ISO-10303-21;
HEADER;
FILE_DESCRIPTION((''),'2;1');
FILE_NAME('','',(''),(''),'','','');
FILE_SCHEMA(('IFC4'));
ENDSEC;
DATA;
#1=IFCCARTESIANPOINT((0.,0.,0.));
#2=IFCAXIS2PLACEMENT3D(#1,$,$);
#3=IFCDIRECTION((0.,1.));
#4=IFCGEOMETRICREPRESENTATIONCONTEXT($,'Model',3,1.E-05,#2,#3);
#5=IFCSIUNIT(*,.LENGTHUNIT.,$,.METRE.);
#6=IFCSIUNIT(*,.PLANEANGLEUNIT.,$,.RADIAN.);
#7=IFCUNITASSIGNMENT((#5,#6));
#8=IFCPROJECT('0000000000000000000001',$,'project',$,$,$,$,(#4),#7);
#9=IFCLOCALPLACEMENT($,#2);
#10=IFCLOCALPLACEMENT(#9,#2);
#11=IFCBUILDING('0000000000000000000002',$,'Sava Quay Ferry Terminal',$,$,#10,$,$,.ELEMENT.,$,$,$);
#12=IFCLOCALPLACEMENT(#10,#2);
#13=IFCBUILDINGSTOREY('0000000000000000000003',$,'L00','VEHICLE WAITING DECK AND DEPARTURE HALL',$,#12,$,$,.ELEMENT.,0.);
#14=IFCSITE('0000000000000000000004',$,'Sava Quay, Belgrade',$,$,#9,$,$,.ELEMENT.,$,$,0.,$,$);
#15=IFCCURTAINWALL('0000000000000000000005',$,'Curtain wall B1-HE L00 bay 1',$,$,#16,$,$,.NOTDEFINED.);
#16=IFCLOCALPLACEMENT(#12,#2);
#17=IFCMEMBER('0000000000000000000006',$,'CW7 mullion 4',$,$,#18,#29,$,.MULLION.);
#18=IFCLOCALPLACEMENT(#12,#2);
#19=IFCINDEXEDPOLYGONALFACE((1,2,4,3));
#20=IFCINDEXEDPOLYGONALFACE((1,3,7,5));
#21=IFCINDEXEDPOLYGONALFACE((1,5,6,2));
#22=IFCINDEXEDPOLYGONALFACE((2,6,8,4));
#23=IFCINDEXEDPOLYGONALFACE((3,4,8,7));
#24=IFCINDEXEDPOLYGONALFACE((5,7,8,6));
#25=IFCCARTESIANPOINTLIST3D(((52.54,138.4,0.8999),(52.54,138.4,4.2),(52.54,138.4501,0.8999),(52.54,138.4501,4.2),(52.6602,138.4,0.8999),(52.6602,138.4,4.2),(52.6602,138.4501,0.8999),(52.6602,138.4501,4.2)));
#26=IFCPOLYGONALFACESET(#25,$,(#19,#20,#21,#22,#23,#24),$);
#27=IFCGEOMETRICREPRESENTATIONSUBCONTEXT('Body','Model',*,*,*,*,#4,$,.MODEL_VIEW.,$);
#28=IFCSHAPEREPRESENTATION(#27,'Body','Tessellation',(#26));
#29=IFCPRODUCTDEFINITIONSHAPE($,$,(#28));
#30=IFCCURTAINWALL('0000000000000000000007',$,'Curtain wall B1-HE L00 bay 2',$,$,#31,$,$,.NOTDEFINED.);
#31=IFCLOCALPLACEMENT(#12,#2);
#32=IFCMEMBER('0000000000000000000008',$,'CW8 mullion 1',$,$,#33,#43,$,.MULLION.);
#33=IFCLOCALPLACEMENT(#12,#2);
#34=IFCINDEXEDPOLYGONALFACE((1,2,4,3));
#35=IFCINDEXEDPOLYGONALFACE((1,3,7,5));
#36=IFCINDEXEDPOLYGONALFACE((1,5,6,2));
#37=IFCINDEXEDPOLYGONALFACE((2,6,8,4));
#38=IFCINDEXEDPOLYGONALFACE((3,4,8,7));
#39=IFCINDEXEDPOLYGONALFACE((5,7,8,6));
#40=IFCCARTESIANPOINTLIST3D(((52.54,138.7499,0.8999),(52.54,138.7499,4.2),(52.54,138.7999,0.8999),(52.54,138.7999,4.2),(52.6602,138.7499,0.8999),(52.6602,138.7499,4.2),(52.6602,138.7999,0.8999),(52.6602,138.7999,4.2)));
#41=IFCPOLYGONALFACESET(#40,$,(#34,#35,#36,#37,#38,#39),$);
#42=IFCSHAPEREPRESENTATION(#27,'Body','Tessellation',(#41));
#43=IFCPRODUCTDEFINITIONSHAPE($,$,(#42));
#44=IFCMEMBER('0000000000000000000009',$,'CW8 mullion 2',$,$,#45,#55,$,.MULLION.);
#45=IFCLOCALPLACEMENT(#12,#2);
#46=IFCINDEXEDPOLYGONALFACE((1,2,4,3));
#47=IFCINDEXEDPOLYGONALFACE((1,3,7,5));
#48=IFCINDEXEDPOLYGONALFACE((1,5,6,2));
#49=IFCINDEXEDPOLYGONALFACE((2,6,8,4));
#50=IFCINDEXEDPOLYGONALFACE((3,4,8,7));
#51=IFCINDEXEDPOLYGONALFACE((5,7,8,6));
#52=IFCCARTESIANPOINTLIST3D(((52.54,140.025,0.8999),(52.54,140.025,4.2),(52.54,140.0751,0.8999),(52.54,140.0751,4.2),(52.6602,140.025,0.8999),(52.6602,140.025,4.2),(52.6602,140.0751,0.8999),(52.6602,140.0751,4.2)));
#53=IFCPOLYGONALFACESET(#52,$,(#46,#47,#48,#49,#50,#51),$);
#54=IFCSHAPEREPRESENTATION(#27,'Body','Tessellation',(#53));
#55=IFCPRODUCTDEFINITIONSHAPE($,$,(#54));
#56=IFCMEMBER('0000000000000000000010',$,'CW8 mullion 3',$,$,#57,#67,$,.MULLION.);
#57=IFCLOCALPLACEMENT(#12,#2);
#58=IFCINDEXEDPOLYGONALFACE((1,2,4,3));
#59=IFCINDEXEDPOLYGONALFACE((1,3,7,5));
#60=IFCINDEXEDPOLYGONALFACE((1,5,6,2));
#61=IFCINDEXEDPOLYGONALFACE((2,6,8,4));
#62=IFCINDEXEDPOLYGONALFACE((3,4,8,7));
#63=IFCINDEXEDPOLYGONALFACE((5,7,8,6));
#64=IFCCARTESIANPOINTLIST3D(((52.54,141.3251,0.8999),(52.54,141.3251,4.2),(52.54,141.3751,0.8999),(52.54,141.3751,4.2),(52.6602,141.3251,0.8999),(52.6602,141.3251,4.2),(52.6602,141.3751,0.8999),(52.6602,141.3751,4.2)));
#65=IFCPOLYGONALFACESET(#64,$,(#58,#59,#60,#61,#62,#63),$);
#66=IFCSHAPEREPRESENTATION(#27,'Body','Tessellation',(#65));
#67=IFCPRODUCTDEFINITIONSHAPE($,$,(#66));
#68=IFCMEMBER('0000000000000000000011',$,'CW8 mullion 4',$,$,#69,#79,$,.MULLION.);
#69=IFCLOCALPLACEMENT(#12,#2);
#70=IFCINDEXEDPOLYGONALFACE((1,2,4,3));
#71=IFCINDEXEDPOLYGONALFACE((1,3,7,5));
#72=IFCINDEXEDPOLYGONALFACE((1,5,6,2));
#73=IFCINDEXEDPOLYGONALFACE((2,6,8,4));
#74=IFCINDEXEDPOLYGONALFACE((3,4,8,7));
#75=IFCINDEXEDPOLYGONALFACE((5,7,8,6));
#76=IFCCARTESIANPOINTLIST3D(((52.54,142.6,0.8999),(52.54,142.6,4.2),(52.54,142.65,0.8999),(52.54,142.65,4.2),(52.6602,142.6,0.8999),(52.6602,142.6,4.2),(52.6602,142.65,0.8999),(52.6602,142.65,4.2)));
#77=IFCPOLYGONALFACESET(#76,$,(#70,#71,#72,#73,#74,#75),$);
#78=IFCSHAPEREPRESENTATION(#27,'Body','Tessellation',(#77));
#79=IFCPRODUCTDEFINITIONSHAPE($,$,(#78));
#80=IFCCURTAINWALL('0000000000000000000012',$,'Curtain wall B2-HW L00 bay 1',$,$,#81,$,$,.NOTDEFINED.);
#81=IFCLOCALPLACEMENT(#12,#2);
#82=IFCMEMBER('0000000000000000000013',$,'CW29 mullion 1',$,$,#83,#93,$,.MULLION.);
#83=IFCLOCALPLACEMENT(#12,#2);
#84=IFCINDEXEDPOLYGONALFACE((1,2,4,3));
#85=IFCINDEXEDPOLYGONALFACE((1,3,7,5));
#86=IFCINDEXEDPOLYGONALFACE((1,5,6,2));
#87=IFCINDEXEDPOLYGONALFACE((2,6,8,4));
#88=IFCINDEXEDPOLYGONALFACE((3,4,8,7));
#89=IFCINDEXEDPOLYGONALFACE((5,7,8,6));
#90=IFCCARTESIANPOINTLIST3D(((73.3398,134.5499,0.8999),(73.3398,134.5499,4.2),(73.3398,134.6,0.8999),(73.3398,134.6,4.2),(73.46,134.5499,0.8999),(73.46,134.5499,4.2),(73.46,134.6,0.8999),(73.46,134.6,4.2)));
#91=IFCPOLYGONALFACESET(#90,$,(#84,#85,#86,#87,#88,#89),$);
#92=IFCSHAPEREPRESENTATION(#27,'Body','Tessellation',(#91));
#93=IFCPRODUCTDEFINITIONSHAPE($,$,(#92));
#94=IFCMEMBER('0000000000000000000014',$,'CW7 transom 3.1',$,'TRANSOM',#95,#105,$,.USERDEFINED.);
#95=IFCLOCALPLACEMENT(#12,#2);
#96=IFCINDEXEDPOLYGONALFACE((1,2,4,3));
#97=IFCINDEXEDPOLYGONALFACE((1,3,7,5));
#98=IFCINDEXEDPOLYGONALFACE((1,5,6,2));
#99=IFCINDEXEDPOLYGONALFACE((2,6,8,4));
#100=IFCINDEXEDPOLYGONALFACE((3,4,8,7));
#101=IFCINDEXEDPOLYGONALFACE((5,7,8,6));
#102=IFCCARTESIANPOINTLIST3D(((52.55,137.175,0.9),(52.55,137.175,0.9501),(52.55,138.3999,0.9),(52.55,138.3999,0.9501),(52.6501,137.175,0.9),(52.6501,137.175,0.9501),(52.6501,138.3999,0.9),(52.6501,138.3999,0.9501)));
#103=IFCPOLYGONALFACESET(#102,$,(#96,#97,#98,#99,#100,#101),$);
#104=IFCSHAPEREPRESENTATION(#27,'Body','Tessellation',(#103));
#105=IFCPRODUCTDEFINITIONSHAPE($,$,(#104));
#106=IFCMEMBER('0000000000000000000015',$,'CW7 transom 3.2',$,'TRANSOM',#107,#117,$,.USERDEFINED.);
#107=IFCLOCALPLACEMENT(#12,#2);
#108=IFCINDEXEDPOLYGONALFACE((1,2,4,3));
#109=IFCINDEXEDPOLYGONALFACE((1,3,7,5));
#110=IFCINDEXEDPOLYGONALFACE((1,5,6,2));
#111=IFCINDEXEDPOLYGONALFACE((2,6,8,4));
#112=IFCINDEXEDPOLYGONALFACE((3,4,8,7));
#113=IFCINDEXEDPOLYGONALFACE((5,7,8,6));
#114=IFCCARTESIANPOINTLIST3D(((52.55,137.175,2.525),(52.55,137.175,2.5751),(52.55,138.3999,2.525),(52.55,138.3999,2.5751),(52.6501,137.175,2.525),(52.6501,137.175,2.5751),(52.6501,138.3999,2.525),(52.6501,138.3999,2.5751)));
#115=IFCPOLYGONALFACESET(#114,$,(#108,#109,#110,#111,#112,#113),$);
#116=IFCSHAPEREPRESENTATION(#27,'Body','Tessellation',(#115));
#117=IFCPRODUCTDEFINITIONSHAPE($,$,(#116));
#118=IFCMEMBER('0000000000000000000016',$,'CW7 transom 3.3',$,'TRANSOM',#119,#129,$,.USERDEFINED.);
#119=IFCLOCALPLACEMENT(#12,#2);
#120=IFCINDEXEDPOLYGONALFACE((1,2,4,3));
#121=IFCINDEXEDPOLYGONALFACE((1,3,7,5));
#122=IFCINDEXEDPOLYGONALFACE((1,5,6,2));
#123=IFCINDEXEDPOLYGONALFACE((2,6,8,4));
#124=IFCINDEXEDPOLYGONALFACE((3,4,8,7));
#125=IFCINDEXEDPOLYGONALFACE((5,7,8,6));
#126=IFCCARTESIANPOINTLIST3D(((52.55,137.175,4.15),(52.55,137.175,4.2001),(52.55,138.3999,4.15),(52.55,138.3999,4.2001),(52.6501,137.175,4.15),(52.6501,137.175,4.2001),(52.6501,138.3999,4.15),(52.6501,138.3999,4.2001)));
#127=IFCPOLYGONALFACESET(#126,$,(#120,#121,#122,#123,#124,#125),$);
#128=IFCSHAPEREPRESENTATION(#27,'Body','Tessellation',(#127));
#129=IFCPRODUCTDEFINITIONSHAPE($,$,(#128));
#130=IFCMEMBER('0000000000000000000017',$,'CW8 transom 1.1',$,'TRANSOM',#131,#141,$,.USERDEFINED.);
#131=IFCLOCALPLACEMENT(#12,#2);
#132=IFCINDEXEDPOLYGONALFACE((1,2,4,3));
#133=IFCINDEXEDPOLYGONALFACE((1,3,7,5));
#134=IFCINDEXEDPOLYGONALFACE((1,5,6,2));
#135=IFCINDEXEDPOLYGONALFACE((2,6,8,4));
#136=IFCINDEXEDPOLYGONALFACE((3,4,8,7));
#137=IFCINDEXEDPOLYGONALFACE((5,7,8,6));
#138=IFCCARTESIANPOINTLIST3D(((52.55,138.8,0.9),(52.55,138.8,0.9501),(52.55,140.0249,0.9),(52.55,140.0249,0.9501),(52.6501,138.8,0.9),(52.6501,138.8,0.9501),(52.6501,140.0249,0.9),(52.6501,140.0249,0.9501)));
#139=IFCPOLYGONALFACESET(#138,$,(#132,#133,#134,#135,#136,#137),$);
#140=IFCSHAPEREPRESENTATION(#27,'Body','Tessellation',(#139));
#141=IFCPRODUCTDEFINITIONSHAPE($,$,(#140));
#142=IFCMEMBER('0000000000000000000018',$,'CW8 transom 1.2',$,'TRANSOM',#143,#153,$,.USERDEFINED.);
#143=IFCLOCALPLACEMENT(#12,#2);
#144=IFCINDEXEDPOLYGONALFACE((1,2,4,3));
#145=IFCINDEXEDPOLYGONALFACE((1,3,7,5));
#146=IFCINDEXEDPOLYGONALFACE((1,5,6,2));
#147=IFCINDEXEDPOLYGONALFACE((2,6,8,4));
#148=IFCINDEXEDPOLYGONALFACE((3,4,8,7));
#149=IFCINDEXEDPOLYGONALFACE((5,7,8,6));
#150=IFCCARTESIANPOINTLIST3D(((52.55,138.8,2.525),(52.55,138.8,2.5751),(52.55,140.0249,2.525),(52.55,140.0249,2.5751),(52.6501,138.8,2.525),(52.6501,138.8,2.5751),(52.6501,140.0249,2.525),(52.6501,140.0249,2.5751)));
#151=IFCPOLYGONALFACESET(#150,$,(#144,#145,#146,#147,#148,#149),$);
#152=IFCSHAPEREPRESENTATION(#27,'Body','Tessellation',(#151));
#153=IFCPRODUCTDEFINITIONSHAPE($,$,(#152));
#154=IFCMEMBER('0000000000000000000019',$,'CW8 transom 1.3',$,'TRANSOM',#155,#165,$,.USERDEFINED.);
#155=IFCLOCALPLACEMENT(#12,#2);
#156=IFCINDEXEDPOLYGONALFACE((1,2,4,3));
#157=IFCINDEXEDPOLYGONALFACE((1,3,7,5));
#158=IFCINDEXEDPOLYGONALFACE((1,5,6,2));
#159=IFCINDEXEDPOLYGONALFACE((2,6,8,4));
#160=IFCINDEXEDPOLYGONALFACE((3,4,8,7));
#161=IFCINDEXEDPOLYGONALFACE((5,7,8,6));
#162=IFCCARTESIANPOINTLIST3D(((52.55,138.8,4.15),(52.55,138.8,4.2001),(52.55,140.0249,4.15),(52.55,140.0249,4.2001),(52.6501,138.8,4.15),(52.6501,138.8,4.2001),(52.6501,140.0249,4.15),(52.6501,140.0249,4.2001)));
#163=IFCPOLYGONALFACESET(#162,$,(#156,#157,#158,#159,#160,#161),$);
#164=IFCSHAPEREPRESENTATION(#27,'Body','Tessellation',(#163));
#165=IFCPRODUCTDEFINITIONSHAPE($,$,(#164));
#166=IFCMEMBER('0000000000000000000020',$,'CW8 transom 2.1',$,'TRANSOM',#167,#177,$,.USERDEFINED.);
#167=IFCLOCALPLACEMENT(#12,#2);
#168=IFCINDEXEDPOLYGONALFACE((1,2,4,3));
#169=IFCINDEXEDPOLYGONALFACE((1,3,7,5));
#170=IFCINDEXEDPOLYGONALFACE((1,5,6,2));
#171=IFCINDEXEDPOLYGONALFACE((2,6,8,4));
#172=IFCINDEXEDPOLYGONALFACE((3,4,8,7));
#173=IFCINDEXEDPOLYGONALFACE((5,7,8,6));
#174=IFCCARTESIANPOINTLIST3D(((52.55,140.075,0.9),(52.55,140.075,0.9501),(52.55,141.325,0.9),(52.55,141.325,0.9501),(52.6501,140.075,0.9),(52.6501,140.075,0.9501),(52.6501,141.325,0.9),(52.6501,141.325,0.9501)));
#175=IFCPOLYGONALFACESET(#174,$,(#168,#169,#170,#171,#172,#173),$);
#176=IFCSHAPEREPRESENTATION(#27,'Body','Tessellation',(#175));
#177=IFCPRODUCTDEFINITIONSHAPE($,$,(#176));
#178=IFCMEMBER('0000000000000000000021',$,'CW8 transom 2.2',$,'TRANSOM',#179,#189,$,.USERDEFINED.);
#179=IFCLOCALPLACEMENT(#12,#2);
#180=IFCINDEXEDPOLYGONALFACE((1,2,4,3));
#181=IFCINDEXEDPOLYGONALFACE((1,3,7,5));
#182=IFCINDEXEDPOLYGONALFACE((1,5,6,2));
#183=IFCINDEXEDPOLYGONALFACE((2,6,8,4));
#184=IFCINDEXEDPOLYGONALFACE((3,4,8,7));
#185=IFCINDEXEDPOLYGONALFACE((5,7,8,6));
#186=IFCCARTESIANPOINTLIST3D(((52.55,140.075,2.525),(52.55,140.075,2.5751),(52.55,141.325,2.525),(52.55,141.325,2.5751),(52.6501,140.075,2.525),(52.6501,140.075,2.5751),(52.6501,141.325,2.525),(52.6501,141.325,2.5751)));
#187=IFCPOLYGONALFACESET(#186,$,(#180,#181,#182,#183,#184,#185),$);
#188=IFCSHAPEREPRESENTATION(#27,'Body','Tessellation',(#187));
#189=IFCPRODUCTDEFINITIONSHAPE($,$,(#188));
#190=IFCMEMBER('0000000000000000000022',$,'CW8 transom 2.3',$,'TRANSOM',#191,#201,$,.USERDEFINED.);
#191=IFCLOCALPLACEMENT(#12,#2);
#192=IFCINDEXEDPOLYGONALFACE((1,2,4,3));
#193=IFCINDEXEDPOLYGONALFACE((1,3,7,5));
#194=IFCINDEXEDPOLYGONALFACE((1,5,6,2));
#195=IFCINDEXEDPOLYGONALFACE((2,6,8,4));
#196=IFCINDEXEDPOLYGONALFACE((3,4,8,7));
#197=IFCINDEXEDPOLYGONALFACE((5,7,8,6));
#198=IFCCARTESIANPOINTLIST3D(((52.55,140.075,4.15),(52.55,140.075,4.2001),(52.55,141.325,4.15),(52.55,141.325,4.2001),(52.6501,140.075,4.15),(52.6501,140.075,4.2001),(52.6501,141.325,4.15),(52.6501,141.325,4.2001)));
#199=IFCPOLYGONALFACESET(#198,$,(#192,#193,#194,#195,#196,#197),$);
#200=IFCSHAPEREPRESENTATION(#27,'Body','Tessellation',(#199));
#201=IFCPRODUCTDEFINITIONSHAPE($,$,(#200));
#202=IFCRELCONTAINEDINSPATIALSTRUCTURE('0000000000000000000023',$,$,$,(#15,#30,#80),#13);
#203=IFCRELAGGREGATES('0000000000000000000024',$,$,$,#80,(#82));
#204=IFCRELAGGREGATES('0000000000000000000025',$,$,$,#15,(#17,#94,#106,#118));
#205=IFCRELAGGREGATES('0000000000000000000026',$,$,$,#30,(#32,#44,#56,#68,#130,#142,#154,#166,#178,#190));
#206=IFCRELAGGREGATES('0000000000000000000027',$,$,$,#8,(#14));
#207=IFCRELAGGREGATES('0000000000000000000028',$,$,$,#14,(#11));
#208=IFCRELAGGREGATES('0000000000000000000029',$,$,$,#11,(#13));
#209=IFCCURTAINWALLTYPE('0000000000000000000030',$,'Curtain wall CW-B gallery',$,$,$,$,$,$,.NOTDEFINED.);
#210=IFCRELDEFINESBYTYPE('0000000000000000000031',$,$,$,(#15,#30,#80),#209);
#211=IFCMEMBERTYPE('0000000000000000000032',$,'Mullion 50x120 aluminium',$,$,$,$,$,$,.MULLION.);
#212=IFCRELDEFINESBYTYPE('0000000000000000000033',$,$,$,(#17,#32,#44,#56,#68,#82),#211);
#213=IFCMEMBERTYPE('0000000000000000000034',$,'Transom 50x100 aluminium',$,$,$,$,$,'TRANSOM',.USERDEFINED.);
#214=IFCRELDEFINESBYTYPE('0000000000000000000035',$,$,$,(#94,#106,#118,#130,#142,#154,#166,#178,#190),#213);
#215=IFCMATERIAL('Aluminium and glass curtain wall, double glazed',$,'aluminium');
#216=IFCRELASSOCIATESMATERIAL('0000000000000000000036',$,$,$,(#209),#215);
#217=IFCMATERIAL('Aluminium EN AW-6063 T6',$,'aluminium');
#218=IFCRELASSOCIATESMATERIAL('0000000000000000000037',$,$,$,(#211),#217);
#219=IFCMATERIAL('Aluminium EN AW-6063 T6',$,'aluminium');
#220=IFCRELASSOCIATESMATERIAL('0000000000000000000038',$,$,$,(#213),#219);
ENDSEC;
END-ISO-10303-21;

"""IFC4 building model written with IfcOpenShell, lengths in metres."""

from ifc_helpers import new_model, si_unit, direction, frame, origin, origin_2d, place, context, subcontext, project, spatial, rectangle, extrude, material, material_profile, profile_set, type_object, element, aggregate, save


model = new_model("IFC4")

# Units and contexts
model_context = context("Model", 3, precision=1e-05, world=origin(), true_north=direction((0.0, 1.0)))
body_context = subcontext(model_context, "Body", "Model", "MODEL_VIEW")
ifc_project = project(units=[si_unit("LENGTHUNIT", "METRE"), si_unit("PLANEANGLEUNIT", "RADIAN")], contexts=[model_context])

# Site, building, storey
site_placement = place(None, origin())
site = spatial("IfcSite", under=ifc_project, at=site_placement, Name="Sava Quay, Belgrade", CompositionType="ELEMENT", RefElevation=0.0)
building_placement = place(site_placement, origin())
building = spatial("IfcBuilding", under=site, at=building_placement, Name="Sava Quay Ferry Terminal", CompositionType="ELEMENT")
storey_placement = place(building_placement, origin())
storey = spatial("IfcBuildingStorey", under=building, at=storey_placement, Name="L00", Description="VEHICLE WAITING DECK AND DEPARTURE HALL", CompositionType="ELEMENT", Elevation=0.0)

# Curtain wall, member
ifc_material_1 = material(Name="Aluminium and glass curtain wall, double glazed", Category="aluminium")
curtain_wall_type = type_object("IfcCurtainWallType", Name="Curtain wall CW-B gallery", PredefinedType="NOTDEFINED", material=ifc_material_1)
curtain_wall_1_placement = place(storey_placement, origin())
curtain_wall_1 = element("IfcCurtainWall", 1, at=curtain_wall_1_placement, inside=storey, type_object=curtain_wall_type, Name="Curtain wall B1-HE L00 bay 1", PredefinedType="NOTDEFINED")
ifc_material_2 = material(Name="Aluminium EN AW-6063 T6", Category="aluminium")
ifc_material_profile_1 = material_profile(ifc_material_2, rectangle(XDim=0.1201, YDim=0.05, at=origin_2d()), Name="Mullion 50x120 aluminium")
ifc_profile_set_1 = profile_set([ifc_material_profile_1], Name="Aluminium EN AW-6063 T6")
member_type_1 = type_object("IfcMemberType", Name="Mullion 50x120 aluminium", PredefinedType="MULLION", material=ifc_profile_set_1)
member_1_placement = place(storey_placement, frame((52.6001, 138.425, 0.8999), z_axis=(0.0, 0.0, 1.0), x_axis=(-1.0, 0.0, 0.0)))
member_1 = element("IfcMember", 2, at=member_1_placement, type_object=member_type_1, Name="CW7 mullion 4", PredefinedType="MULLION", context=body_context, shape_type="SweptSolid", body=[
    extrude(rectangle(XDim=0.1201, YDim=0.05, at=origin_2d()), origin(), (0.0, 0.0, 1.0), 3.3),
])

# Curtain wall, members
curtain_wall_2_placement = place(storey_placement, origin())
curtain_wall_2 = element("IfcCurtainWall", 3, at=curtain_wall_2_placement, inside=storey, type_object=curtain_wall_type, Name="Curtain wall B1-HE L00 bay 2", PredefinedType="NOTDEFINED")
member_2_placement = place(storey_placement, frame((52.6001, 138.7749, 0.8999), z_axis=(0.0, 0.0, 1.0), x_axis=(-1.0, 0.0, 0.0)))
member_2 = element("IfcMember", 4, at=member_2_placement, type_object=member_type_1, Name="CW8 mullion 1", PredefinedType="MULLION", context=body_context, shape_type="SweptSolid", body=[
    extrude(rectangle(XDim=0.1201, YDim=0.05, at=origin_2d()), origin(), (0.0, 0.0, 1.0), 3.3),
])
member_3_placement = place(storey_placement, frame((52.6001, 140.05, 0.8999), z_axis=(0.0, 0.0, 1.0), x_axis=(-1.0, 0.0, 0.0)))
member_3 = element("IfcMember", 5, at=member_3_placement, type_object=member_type_1, Name="CW8 mullion 2", PredefinedType="MULLION", context=body_context, shape_type="SweptSolid", body=[
    extrude(rectangle(XDim=0.1201, YDim=0.05, at=origin_2d()), origin(), (0.0, 0.0, 1.0), 3.3),
])
member_4_placement = place(storey_placement, frame((52.6001, 141.3501, 0.8999), z_axis=(0.0, 0.0, 1.0), x_axis=(-1.0, 0.0, 0.0)))
member_4 = element("IfcMember", 6, at=member_4_placement, type_object=member_type_1, Name="CW8 mullion 3", PredefinedType="MULLION", context=body_context, shape_type="SweptSolid", body=[
    extrude(rectangle(XDim=0.1201, YDim=0.05, at=origin_2d()), origin(), (0.0, 0.0, 1.0), 3.3),
])
member_5_placement = place(storey_placement, frame((52.6001, 142.625, 0.8999), z_axis=(0.0, 0.0, 1.0), x_axis=(-1.0, 0.0, 0.0)))
member_5 = element("IfcMember", 7, at=member_5_placement, type_object=member_type_1, Name="CW8 mullion 4", PredefinedType="MULLION", context=body_context, shape_type="SweptSolid", body=[
    extrude(rectangle(XDim=0.1201, YDim=0.05, at=origin_2d()), origin(), (0.0, 0.0, 1.0), 3.3),
])

# Curtain wall, member
curtain_wall_3_placement = place(storey_placement, origin())
curtain_wall_3 = element("IfcCurtainWall", 8, at=curtain_wall_3_placement, inside=storey, type_object=curtain_wall_type, Name="Curtain wall B2-HW L00 bay 1", PredefinedType="NOTDEFINED")
member_6_placement = place(storey_placement, frame((73.3999, 134.575, 0.8999), z_axis=(0.0, 0.0, 1.0), x_axis=(-1.0, 0.0, 0.0)))
member_6 = element("IfcMember", 9, at=member_6_placement, type_object=member_type_1, Name="CW29 mullion 1", PredefinedType="MULLION", context=body_context, shape_type="SweptSolid", body=[
    extrude(rectangle(XDim=0.1201, YDim=0.05, at=origin_2d()), origin(), (0.0, 0.0, 1.0), 3.3),
])

# Members
ifc_material_3 = material(Name="Aluminium EN AW-6063 T6", Category="aluminium")
ifc_material_profile_2 = material_profile(ifc_material_3, rectangle(XDim=0.1001, YDim=0.05, at=origin_2d()), Name="Transom 50x100 aluminium")
ifc_profile_set_2 = profile_set([ifc_material_profile_2], Name="Aluminium EN AW-6063 T6")
member_type_2 = type_object("IfcMemberType", Name="Transom 50x100 aluminium", ElementType="TRANSOM", PredefinedType="USERDEFINED", material=ifc_profile_set_2)
member_7_placement = place(storey_placement, frame((52.6001, 137.175, 0.925), z_axis=(0.0, 1.0, 0.0), x_axis=(-1.0, 0.0, 0.0)))
member_7 = element("IfcMember", 10, at=member_7_placement, type_object=member_type_2, Name="CW7 transom 3.1", ObjectType="TRANSOM", PredefinedType="USERDEFINED", context=body_context, shape_type="SweptSolid", body=[
    extrude(rectangle(XDim=0.1001, YDim=0.05, at=origin_2d()), origin(), (0.0, 0.0, 1.0), 1.2249),
])
member_8_placement = place(storey_placement, frame((52.6001, 137.175, 2.55), z_axis=(0.0, 1.0, 0.0), x_axis=(-1.0, 0.0, 0.0)))
member_8 = element("IfcMember", 11, at=member_8_placement, type_object=member_type_2, Name="CW7 transom 3.2", ObjectType="TRANSOM", PredefinedType="USERDEFINED", context=body_context, shape_type="SweptSolid", body=[
    extrude(rectangle(XDim=0.1001, YDim=0.05, at=origin_2d()), origin(), (0.0, 0.0, 1.0), 1.2249),
])
member_9_placement = place(storey_placement, frame((52.6001, 137.175, 4.175), z_axis=(0.0, 1.0, 0.0), x_axis=(-1.0, 0.0, 0.0)))
member_9 = element("IfcMember", 12, at=member_9_placement, type_object=member_type_2, Name="CW7 transom 3.3", ObjectType="TRANSOM", PredefinedType="USERDEFINED", context=body_context, shape_type="SweptSolid", body=[
    extrude(rectangle(XDim=0.1001, YDim=0.05, at=origin_2d()), origin(), (0.0, 0.0, 1.0), 1.2249),
])
member_10_placement = place(storey_placement, frame((52.6001, 138.8, 0.925), z_axis=(0.0, 1.0, 0.0), x_axis=(-1.0, 0.0, 0.0)))
member_10 = element("IfcMember", 13, at=member_10_placement, type_object=member_type_2, Name="CW8 transom 1.1", ObjectType="TRANSOM", PredefinedType="USERDEFINED", context=body_context, shape_type="SweptSolid", body=[
    extrude(rectangle(XDim=0.1001, YDim=0.05, at=origin_2d()), origin(), (0.0, 0.0, 1.0), 1.2249),
])
member_11_placement = place(storey_placement, frame((52.6001, 138.8, 2.55), z_axis=(0.0, 1.0, 0.0), x_axis=(-1.0, 0.0, 0.0)))
member_11 = element("IfcMember", 14, at=member_11_placement, type_object=member_type_2, Name="CW8 transom 1.2", ObjectType="TRANSOM", PredefinedType="USERDEFINED", context=body_context, shape_type="SweptSolid", body=[
    extrude(rectangle(XDim=0.1001, YDim=0.05, at=origin_2d()), origin(), (0.0, 0.0, 1.0), 1.2249),
])
member_12_placement = place(storey_placement, frame((52.6001, 138.8, 4.175), z_axis=(0.0, 1.0, 0.0), x_axis=(-1.0, 0.0, 0.0)))
member_12 = element("IfcMember", 15, at=member_12_placement, type_object=member_type_2, Name="CW8 transom 1.3", ObjectType="TRANSOM", PredefinedType="USERDEFINED", context=body_context, shape_type="SweptSolid", body=[
    extrude(rectangle(XDim=0.1001, YDim=0.05, at=origin_2d()), origin(), (0.0, 0.0, 1.0), 1.2249),
])
member_13_placement = place(storey_placement, frame((52.6001, 140.075, 0.925), z_axis=(0.0, 1.0, 0.0), x_axis=(-1.0, 0.0, 0.0)))
member_13 = element("IfcMember", 16, at=member_13_placement, type_object=member_type_2, Name="CW8 transom 2.1", ObjectType="TRANSOM", PredefinedType="USERDEFINED", context=body_context, shape_type="SweptSolid", body=[
    extrude(rectangle(XDim=0.1001, YDim=0.05, at=origin_2d()), origin(), (0.0, 0.0, 1.0), 1.25),
])
member_14_placement = place(storey_placement, frame((52.6001, 140.075, 2.55), z_axis=(0.0, 1.0, 0.0), x_axis=(-1.0, 0.0, 0.0)))
member_14 = element("IfcMember", 17, at=member_14_placement, type_object=member_type_2, Name="CW8 transom 2.2", ObjectType="TRANSOM", PredefinedType="USERDEFINED", context=body_context, shape_type="SweptSolid", body=[
    extrude(rectangle(XDim=0.1001, YDim=0.05, at=origin_2d()), origin(), (0.0, 0.0, 1.0), 1.25),
])
member_15_placement = place(storey_placement, frame((52.6001, 140.075, 4.175), z_axis=(0.0, 1.0, 0.0), x_axis=(-1.0, 0.0, 0.0)))
member_15 = element("IfcMember", 18, at=member_15_placement, type_object=member_type_2, Name="CW8 transom 2.3", ObjectType="TRANSOM", PredefinedType="USERDEFINED", context=body_context, shape_type="SweptSolid", body=[
    extrude(rectangle(XDim=0.1001, YDim=0.05, at=origin_2d()), origin(), (0.0, 0.0, 1.0), 1.25),
])
aggregate(curtain_wall_3, [member_6])

aggregate(curtain_wall_1, [member_1, member_7, member_8, member_9])
aggregate(curtain_wall_2, [member_2, member_3, member_4, member_5, member_10, member_11, member_12, member_13, member_14, member_15])

save(model, "model.ifc")
